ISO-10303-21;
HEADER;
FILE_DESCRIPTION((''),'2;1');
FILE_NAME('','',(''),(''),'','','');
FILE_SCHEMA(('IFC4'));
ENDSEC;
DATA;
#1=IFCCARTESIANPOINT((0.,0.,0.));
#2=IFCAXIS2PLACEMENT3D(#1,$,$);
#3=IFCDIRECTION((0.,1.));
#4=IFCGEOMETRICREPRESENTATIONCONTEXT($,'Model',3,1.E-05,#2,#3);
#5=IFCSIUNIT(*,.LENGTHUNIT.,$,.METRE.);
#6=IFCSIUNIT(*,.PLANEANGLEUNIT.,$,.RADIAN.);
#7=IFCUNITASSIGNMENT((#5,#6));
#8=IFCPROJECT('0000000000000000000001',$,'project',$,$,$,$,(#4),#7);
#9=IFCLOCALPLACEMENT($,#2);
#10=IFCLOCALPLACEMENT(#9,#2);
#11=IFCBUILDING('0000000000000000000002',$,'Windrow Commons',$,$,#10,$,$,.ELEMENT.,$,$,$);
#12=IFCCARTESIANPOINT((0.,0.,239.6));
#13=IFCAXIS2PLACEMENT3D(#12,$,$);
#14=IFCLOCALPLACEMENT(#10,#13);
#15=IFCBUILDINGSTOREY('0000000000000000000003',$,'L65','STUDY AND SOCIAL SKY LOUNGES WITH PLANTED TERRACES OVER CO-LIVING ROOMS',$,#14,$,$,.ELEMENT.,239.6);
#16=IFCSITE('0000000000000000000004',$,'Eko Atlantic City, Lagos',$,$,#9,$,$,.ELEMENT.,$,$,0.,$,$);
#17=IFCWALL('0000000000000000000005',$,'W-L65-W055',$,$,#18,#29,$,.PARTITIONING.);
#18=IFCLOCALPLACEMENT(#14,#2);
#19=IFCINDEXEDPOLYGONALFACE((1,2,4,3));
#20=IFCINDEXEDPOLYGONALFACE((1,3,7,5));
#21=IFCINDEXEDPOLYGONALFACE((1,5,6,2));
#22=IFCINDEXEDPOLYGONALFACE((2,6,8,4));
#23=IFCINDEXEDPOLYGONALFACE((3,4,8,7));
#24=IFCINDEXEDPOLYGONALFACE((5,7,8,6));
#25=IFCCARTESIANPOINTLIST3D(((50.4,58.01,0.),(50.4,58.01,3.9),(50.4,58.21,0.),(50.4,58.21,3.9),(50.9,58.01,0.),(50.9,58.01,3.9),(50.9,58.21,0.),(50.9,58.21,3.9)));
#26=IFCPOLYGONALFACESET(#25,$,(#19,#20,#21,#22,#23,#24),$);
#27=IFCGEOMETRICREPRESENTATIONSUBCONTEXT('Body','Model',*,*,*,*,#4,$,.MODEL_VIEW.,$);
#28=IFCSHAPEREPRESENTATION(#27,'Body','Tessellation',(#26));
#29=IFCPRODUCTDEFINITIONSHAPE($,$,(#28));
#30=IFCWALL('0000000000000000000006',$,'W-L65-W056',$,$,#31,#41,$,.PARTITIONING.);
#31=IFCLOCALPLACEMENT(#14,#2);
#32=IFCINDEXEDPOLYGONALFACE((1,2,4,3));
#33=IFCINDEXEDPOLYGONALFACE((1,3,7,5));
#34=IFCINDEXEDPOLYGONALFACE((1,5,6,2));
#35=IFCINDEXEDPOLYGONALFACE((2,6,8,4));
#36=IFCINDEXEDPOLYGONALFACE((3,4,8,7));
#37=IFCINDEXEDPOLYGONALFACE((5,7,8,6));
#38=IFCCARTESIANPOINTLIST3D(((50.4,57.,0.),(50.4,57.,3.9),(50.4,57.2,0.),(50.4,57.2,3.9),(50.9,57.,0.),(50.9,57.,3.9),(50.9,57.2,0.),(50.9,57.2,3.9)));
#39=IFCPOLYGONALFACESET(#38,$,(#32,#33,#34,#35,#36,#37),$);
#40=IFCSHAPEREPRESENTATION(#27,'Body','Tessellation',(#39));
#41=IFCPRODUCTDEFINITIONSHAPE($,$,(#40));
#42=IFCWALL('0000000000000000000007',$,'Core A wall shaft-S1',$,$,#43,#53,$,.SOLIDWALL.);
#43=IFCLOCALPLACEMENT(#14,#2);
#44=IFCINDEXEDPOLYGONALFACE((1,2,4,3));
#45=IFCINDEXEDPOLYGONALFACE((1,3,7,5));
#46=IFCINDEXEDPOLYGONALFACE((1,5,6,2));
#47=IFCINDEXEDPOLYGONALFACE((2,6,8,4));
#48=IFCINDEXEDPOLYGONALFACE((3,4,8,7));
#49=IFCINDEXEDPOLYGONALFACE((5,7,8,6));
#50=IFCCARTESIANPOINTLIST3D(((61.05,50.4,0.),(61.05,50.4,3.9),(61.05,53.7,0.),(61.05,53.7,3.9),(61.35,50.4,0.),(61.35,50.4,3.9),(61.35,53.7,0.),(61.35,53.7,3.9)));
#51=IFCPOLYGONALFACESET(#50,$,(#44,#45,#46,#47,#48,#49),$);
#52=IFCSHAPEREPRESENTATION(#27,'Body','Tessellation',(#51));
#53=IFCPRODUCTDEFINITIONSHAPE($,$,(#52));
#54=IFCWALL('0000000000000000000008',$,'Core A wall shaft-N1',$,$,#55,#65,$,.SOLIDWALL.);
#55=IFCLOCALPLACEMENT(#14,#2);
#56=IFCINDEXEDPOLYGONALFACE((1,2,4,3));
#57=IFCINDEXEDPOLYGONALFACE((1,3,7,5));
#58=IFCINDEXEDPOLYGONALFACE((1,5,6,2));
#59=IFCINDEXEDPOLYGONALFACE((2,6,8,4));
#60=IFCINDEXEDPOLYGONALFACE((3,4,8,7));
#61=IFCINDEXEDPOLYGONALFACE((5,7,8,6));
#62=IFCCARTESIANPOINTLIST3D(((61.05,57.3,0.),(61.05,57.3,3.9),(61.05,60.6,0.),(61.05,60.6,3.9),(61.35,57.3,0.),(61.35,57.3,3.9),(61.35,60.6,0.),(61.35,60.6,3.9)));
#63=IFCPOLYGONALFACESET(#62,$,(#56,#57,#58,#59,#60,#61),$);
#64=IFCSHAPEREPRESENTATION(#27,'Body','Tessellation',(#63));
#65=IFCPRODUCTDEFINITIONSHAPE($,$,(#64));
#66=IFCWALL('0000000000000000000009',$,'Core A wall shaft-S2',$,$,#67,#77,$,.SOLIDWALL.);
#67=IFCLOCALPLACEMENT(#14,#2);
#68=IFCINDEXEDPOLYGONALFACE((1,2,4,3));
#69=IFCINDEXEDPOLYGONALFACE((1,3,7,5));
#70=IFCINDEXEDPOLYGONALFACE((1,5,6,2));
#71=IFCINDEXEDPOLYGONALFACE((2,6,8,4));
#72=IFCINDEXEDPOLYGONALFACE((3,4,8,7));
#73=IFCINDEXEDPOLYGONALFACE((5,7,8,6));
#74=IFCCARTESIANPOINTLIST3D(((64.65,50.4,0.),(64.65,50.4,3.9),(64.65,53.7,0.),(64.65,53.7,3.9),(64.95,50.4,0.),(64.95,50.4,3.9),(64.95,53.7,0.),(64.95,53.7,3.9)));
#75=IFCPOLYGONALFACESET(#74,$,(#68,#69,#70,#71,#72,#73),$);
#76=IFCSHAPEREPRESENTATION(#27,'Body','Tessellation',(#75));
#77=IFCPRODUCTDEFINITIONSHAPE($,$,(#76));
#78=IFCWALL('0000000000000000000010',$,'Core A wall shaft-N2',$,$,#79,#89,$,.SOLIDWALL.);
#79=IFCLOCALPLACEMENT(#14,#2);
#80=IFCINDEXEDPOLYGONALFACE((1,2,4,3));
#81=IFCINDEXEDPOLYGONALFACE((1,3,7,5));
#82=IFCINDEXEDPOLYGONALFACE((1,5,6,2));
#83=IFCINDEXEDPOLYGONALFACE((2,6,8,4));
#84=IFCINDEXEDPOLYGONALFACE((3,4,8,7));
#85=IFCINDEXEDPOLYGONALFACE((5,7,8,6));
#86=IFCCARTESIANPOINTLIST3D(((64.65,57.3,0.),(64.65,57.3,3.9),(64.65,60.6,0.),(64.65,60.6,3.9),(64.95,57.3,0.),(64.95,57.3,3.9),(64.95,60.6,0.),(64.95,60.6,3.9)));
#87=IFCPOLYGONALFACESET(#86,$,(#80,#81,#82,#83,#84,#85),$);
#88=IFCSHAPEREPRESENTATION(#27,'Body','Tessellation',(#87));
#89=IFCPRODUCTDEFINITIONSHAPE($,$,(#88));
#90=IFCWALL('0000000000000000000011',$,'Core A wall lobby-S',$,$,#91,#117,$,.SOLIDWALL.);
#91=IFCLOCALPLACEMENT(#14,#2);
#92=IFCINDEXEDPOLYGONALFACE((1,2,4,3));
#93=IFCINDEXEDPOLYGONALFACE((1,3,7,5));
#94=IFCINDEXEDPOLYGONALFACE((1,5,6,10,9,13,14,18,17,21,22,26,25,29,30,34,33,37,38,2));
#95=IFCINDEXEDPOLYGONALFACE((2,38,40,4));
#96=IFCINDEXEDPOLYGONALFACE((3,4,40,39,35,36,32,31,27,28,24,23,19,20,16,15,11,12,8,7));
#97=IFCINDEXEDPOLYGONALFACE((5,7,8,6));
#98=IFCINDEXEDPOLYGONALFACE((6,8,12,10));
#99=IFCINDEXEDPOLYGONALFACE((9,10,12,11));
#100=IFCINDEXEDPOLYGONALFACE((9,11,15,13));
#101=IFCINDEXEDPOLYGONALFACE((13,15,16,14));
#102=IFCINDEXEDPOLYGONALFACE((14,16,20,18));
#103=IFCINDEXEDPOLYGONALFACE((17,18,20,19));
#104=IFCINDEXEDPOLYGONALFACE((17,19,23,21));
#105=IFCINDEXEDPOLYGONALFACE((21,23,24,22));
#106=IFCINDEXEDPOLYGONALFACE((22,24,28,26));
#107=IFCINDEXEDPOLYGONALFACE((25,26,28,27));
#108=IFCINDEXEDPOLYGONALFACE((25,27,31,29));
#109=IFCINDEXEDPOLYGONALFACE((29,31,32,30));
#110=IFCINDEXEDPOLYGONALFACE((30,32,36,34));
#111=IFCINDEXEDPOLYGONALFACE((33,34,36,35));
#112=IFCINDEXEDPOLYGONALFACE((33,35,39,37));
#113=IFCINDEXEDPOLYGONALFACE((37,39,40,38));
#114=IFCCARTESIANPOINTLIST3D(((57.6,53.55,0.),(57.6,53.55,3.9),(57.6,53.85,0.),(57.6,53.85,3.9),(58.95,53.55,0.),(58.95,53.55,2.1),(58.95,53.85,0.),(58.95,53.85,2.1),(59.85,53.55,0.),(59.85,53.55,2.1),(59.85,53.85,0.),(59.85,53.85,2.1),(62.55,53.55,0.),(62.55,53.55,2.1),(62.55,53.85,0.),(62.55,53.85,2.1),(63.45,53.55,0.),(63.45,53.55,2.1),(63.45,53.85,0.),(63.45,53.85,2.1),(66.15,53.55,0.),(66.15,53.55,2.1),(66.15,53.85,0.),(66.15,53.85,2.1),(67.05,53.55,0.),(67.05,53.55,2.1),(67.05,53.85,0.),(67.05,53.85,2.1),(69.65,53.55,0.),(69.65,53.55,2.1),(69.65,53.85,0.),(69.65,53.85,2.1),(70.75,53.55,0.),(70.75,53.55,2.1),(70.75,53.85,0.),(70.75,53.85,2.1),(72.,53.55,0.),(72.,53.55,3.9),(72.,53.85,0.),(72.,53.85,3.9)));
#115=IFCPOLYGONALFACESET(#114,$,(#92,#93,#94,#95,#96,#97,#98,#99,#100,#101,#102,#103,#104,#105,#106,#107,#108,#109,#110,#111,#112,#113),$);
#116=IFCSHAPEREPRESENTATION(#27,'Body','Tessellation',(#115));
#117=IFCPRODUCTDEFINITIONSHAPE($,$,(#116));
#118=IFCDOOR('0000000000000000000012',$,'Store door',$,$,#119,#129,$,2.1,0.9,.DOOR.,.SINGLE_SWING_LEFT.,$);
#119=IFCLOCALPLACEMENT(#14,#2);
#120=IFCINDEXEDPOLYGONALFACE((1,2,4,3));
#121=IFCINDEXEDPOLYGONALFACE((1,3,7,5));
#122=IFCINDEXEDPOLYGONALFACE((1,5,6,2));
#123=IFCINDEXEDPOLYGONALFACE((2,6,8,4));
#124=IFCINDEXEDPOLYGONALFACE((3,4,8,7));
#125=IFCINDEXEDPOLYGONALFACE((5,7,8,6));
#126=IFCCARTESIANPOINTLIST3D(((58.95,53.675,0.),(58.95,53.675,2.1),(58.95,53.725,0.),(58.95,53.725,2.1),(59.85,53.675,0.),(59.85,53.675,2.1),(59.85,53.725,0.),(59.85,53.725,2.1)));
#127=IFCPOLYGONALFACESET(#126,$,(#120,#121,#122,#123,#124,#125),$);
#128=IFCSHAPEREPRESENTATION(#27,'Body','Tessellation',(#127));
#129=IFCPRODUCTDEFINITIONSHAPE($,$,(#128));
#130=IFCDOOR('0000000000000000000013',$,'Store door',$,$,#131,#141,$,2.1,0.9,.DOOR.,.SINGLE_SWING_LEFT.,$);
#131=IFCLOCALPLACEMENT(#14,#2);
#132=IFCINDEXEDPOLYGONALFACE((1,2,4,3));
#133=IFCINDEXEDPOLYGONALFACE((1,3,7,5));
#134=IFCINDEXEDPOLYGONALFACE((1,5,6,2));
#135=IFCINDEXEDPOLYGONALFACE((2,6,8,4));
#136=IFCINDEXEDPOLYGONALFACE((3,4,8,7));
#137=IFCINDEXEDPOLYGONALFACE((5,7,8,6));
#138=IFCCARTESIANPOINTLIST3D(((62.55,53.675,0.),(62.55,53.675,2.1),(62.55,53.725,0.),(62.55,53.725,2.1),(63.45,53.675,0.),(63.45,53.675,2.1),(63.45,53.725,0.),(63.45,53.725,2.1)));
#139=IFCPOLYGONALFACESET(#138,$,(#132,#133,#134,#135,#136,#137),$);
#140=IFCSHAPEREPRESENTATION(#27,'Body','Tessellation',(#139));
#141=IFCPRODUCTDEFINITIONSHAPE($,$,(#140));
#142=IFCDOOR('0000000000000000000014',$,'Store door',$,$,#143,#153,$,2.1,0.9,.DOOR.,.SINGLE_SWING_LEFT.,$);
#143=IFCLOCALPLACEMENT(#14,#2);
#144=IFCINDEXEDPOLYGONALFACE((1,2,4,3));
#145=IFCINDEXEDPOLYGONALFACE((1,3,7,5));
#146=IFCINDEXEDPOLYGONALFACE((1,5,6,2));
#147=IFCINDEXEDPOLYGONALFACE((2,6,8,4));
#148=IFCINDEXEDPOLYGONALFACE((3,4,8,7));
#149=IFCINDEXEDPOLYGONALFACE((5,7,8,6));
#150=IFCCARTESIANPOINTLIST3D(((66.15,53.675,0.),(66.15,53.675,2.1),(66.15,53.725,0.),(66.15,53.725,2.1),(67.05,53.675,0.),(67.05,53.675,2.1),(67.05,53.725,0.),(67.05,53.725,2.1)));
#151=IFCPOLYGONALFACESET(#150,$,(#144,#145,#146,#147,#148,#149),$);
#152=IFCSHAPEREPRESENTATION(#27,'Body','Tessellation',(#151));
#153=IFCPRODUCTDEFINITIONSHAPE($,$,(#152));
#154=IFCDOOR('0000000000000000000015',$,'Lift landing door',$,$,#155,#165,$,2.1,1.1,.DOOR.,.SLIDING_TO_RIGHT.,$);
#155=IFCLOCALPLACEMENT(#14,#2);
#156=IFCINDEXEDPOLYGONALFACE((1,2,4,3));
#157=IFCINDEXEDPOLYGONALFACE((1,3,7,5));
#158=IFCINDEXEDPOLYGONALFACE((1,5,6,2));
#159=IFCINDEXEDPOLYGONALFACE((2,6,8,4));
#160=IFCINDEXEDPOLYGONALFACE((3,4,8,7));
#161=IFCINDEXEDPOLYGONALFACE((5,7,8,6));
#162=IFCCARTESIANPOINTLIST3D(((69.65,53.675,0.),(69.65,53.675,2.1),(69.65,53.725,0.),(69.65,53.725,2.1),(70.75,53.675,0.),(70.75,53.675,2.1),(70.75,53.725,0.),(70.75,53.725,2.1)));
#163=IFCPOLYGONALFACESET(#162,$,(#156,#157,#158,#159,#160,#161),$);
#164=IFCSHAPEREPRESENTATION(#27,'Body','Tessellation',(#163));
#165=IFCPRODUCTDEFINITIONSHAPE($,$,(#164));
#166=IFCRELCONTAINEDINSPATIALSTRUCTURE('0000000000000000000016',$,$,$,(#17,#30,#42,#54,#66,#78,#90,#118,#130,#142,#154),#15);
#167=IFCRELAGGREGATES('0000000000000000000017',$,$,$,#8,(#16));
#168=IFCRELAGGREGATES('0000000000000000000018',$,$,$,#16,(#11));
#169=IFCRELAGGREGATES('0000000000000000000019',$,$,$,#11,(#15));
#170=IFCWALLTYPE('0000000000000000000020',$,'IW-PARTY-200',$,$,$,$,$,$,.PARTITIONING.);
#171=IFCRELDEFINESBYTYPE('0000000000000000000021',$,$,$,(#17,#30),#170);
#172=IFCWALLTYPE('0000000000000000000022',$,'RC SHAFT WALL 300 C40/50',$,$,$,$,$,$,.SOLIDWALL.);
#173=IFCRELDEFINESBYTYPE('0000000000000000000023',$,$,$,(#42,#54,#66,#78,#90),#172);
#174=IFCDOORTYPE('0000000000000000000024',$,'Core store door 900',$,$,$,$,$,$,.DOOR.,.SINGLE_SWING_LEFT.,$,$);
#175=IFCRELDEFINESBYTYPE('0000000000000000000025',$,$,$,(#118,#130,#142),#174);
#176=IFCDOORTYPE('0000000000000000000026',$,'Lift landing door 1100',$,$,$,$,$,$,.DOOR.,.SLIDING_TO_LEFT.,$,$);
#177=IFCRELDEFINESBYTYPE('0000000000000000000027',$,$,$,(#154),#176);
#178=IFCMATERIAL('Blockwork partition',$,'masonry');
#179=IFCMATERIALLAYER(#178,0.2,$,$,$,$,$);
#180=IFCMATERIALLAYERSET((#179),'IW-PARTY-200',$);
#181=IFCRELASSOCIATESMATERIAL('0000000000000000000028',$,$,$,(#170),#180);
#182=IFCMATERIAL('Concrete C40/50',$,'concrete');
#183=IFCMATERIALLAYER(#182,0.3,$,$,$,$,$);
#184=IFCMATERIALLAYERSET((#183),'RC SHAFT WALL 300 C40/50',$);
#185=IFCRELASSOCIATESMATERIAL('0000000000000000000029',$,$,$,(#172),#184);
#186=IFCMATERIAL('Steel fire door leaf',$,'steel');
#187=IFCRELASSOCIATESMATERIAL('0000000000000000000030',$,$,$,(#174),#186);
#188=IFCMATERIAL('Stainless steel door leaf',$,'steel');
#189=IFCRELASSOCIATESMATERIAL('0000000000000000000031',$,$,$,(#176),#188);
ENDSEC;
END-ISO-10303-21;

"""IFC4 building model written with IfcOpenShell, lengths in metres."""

from ifc_helpers import new_model, si_unit, direction, frame, frame_2d, origin, place, context, subcontext, project, spatial, rectangle, extrude, material, layer, layer_set, type_object, element, fill, save


model = new_model("IFC4")

# Units and contexts
model_context = context("Model", 3, precision=1e-05, world=origin(), true_north=direction((0.0, 1.0)))
body_context = subcontext(model_context, "Body", "Model", "MODEL_VIEW")
ifc_project = project(units=[si_unit("LENGTHUNIT", "METRE"), si_unit("PLANEANGLEUNIT", "RADIAN")], contexts=[model_context])

# Site, building, storey
site_placement = place(None, origin())
site = spatial("IfcSite", under=ifc_project, at=site_placement, Name="Eko Atlantic City, Lagos", CompositionType="ELEMENT", RefElevation=0.0)
building_placement = place(site_placement, origin())
building = spatial("IfcBuilding", under=site, at=building_placement, Name="Windrow Commons", CompositionType="ELEMENT")
storey_placement = place(building_placement, frame((0.0, 0.0, 239.6)))
storey = spatial("IfcBuildingStorey", under=building, at=storey_placement, Name="L65", Description="STUDY AND SOCIAL SKY LOUNGES WITH PLANTED TERRACES OVER CO-LIVING ROOMS", CompositionType="ELEMENT", Elevation=239.6)

# Walls
ifc_material_1 = material(Name="Blockwork partition", Category="masonry")
ifc_layer_1 = layer(ifc_material_1, 0.2)
ifc_layer_set_1 = layer_set([ifc_layer_1], Name="IW-PARTY-200")
wall_type_1 = type_object("IfcWallType", Name="IW-PARTY-200", PredefinedType="PARTITIONING", material=ifc_layer_set_1)
for number, where, z_axis, x_axis, name in (
    (1, (50.4, 58.11, 0.0), (0.0, 0.0, 1.0), (1.0, 0.0, 0.0), "W-L65-W055"),
    (2, (50.4, 57.1, 0.0), (0.0, 0.0, 1.0), (1.0, 0.0, 0.0), "W-L65-W056"),
):
    element("IfcWall", number, at=place(storey_placement, frame(where, z_axis=z_axis, x_axis=x_axis)), inside=storey, type_object=wall_type_1, Name=name, PredefinedType="PARTITIONING", context=body_context, shape_type="SweptSolid", body=[
        extrude(rectangle(XDim=0.5, YDim=0.2, at=frame_2d((0.25, 0.0))), origin(), (0.0, 0.0, 1.0), 3.9),
    ])
ifc_material_2 = material(Name="Concrete C40/50", Category="concrete")
ifc_layer_2 = layer(ifc_material_2, 0.3)
ifc_layer_set_2 = layer_set([ifc_layer_2], Name="RC SHAFT WALL 300 C40/50")
wall_type_2 = type_object("IfcWallType", Name="RC SHAFT WALL 300 C40/50", PredefinedType="SOLIDWALL", material=ifc_layer_set_2)
for number, where, z_axis, x_axis, name in (
    (3, (61.2, 50.4, 0.0), (0.0, 0.0, 1.0), (0.0, 1.0, 0.0), "Core A wall shaft-S1"),
    (4, (61.2, 57.3, 0.0), (0.0, 0.0, 1.0), (0.0, 1.0, 0.0), "Core A wall shaft-N1"),
    (5, (64.8, 50.4, 0.0), (0.0, 0.0, 1.0), (0.0, 1.0, 0.0), "Core A wall shaft-S2"),
    (6, (64.8, 57.3, 0.0), (0.0, 0.0, 1.0), (0.0, 1.0, 0.0), "Core A wall shaft-N2"),
):
    element("IfcWall", number, at=place(storey_placement, frame(where, z_axis=z_axis, x_axis=x_axis)), inside=storey, type_object=wall_type_2, Name=name, PredefinedType="SOLIDWALL", context=body_context, shape_type="SweptSolid", body=[
        extrude(rectangle(XDim=3.3, YDim=0.3, at=frame_2d((1.65, 0.0))), origin(), (0.0, 0.0, 1.0), 3.9),
    ])

# Wall, openings, doors
wall_1_placement = place(storey_placement, frame((57.6, 53.7, 0.0), z_axis=(0.0, 0.0, 1.0), x_axis=(1.0, 0.0, 0.0)))
wall_1 = element("IfcWall", 7, at=wall_1_placement, inside=storey, type_object=wall_type_2, Name="Core A wall lobby-S", PredefinedType="SOLIDWALL", context=body_context, shape_type="SweptSolid", body=[
    extrude(rectangle(XDim=14.4, YDim=0.3, at=frame_2d((7.2, 0.0))), origin(), (0.0, 0.0, 1.0), 3.9),
])
opening_1_placement = place(wall_1_placement, frame((1.35, 0.0, 0.0)))
opening_1 = element("IfcOpeningElement", 8, at=opening_1_placement, cuts=wall_1, PredefinedType="OPENING", context=body_context, shape_type="SweptSolid", body=[
    extrude(rectangle(XDim=0.9, YDim=2.1, at=frame_2d((0.45, 1.05))), frame((0.0, 0.16, 0.0), z_axis=(0.0, -1.0, 0.0), x_axis=(1.0, 0.0, 0.0)), (0.0, 0.0, 1.0), 0.32),
])
opening_2_placement = place(wall_1_placement, frame((4.95, 0.0, 0.0)))
opening_2 = element("IfcOpeningElement", 9, at=opening_2_placement, cuts=wall_1, PredefinedType="OPENING", context=body_context, shape_type="SweptSolid", body=[
    extrude(rectangle(XDim=0.9, YDim=2.1, at=frame_2d((0.45, 1.05))), frame((0.0, 0.16, 0.0), z_axis=(0.0, -1.0, 0.0), x_axis=(1.0, 0.0, 0.0)), (0.0, 0.0, 1.0), 0.32),
])
opening_3_placement = place(wall_1_placement, frame((8.55, 0.0, 0.0)))
opening_3 = element("IfcOpeningElement", 10, at=opening_3_placement, cuts=wall_1, PredefinedType="OPENING", context=body_context, shape_type="SweptSolid", body=[
    extrude(rectangle(XDim=0.9, YDim=2.1, at=frame_2d((0.45, 1.05))), frame((0.0, 0.16, 0.0), z_axis=(0.0, -1.0, 0.0), x_axis=(1.0, 0.0, 0.0)), (0.0, 0.0, 1.0), 0.32),
])
opening_4_placement = place(wall_1_placement, frame((12.05, 0.0, 0.0)))
opening_4 = element("IfcOpeningElement", 11, at=opening_4_placement, cuts=wall_1, PredefinedType="OPENING", context=body_context, shape_type="SweptSolid", body=[
    extrude(rectangle(XDim=1.1, YDim=2.1, at=frame_2d((0.55, 1.05))), frame((0.0, 0.16, 0.0), z_axis=(0.0, -1.0, 0.0), x_axis=(1.0, 0.0, 0.0)), (0.0, 0.0, 1.0), 0.32),
])
ifc_material_3 = material(Name="Steel fire door leaf", Category="steel")
door_type_1 = type_object("IfcDoorType", Name="Core store door 900", OperationType="SINGLE_SWING_LEFT", PredefinedType="DOOR", material=ifc_material_3)
door_1_placement = place(opening_1_placement, origin())
door_1 = element("IfcDoor", 12, at=door_1_placement, inside=storey, type_object=door_type_1, Name="Store door", OperationType="SINGLE_SWING_LEFT", OverallHeight=2.1, OverallWidth=0.9, PredefinedType="DOOR", context=body_context, shape_type="SweptSolid", body=[
    extrude(rectangle(XDim=0.9, YDim=2.1, at=frame_2d((0.45, 1.05))), frame((0.0, 0.025, 0.0), z_axis=(0.0, -1.0, 0.0), x_axis=(1.0, 0.0, 0.0)), (0.0, 0.0, 1.0), 0.05),
])
fill(opening_1, door_1)
door_2_placement = place(opening_2_placement, origin())
door_2 = element("IfcDoor", 13, at=door_2_placement, inside=storey, type_object=door_type_1, Name="Store door", OperationType="SINGLE_SWING_LEFT", OverallHeight=2.1, OverallWidth=0.9, PredefinedType="DOOR", context=body_context, shape_type="SweptSolid", body=[
    extrude(rectangle(XDim=0.9, YDim=2.1, at=frame_2d((0.45, 1.05))), frame((0.0, 0.025, 0.0), z_axis=(0.0, -1.0, 0.0), x_axis=(1.0, 0.0, 0.0)), (0.0, 0.0, 1.0), 0.05),
])
fill(opening_2, door_2)
door_3_placement = place(opening_3_placement, origin())
door_3 = element("IfcDoor", 14, at=door_3_placement, inside=storey, type_object=door_type_1, Name="Store door", OperationType="SINGLE_SWING_LEFT", OverallHeight=2.1, OverallWidth=0.9, PredefinedType="DOOR", context=body_context, shape_type="SweptSolid", body=[
    extrude(rectangle(XDim=0.9, YDim=2.1, at=frame_2d((0.45, 1.05))), frame((0.0, 0.025, 0.0), z_axis=(0.0, -1.0, 0.0), x_axis=(1.0, 0.0, 0.0)), (0.0, 0.0, 1.0), 0.05),
])
fill(opening_3, door_3)
ifc_material_4 = material(Name="Stainless steel door leaf", Category="steel")
door_type_2 = type_object("IfcDoorType", Name="Lift landing door 1100", OperationType="SLIDING_TO_LEFT", PredefinedType="DOOR", material=ifc_material_4)
door_4_placement = place(opening_4_placement, origin())
door_4 = element("IfcDoor", 15, at=door_4_placement, inside=storey, type_object=door_type_2, Name="Lift landing door", OperationType="SLIDING_TO_RIGHT", OverallHeight=2.1, OverallWidth=1.1, PredefinedType="DOOR", context=body_context, shape_type="SweptSolid", body=[
    extrude(rectangle(XDim=1.1, YDim=2.1, at=frame_2d((0.55, 1.05))), frame((0.0, 0.025, 0.0), z_axis=(0.0, -1.0, 0.0), x_axis=(1.0, 0.0, 0.0)), (0.0, 0.0, 1.0), 0.05),
])
fill(opening_4, door_4)

save(model, "model.ifc")
